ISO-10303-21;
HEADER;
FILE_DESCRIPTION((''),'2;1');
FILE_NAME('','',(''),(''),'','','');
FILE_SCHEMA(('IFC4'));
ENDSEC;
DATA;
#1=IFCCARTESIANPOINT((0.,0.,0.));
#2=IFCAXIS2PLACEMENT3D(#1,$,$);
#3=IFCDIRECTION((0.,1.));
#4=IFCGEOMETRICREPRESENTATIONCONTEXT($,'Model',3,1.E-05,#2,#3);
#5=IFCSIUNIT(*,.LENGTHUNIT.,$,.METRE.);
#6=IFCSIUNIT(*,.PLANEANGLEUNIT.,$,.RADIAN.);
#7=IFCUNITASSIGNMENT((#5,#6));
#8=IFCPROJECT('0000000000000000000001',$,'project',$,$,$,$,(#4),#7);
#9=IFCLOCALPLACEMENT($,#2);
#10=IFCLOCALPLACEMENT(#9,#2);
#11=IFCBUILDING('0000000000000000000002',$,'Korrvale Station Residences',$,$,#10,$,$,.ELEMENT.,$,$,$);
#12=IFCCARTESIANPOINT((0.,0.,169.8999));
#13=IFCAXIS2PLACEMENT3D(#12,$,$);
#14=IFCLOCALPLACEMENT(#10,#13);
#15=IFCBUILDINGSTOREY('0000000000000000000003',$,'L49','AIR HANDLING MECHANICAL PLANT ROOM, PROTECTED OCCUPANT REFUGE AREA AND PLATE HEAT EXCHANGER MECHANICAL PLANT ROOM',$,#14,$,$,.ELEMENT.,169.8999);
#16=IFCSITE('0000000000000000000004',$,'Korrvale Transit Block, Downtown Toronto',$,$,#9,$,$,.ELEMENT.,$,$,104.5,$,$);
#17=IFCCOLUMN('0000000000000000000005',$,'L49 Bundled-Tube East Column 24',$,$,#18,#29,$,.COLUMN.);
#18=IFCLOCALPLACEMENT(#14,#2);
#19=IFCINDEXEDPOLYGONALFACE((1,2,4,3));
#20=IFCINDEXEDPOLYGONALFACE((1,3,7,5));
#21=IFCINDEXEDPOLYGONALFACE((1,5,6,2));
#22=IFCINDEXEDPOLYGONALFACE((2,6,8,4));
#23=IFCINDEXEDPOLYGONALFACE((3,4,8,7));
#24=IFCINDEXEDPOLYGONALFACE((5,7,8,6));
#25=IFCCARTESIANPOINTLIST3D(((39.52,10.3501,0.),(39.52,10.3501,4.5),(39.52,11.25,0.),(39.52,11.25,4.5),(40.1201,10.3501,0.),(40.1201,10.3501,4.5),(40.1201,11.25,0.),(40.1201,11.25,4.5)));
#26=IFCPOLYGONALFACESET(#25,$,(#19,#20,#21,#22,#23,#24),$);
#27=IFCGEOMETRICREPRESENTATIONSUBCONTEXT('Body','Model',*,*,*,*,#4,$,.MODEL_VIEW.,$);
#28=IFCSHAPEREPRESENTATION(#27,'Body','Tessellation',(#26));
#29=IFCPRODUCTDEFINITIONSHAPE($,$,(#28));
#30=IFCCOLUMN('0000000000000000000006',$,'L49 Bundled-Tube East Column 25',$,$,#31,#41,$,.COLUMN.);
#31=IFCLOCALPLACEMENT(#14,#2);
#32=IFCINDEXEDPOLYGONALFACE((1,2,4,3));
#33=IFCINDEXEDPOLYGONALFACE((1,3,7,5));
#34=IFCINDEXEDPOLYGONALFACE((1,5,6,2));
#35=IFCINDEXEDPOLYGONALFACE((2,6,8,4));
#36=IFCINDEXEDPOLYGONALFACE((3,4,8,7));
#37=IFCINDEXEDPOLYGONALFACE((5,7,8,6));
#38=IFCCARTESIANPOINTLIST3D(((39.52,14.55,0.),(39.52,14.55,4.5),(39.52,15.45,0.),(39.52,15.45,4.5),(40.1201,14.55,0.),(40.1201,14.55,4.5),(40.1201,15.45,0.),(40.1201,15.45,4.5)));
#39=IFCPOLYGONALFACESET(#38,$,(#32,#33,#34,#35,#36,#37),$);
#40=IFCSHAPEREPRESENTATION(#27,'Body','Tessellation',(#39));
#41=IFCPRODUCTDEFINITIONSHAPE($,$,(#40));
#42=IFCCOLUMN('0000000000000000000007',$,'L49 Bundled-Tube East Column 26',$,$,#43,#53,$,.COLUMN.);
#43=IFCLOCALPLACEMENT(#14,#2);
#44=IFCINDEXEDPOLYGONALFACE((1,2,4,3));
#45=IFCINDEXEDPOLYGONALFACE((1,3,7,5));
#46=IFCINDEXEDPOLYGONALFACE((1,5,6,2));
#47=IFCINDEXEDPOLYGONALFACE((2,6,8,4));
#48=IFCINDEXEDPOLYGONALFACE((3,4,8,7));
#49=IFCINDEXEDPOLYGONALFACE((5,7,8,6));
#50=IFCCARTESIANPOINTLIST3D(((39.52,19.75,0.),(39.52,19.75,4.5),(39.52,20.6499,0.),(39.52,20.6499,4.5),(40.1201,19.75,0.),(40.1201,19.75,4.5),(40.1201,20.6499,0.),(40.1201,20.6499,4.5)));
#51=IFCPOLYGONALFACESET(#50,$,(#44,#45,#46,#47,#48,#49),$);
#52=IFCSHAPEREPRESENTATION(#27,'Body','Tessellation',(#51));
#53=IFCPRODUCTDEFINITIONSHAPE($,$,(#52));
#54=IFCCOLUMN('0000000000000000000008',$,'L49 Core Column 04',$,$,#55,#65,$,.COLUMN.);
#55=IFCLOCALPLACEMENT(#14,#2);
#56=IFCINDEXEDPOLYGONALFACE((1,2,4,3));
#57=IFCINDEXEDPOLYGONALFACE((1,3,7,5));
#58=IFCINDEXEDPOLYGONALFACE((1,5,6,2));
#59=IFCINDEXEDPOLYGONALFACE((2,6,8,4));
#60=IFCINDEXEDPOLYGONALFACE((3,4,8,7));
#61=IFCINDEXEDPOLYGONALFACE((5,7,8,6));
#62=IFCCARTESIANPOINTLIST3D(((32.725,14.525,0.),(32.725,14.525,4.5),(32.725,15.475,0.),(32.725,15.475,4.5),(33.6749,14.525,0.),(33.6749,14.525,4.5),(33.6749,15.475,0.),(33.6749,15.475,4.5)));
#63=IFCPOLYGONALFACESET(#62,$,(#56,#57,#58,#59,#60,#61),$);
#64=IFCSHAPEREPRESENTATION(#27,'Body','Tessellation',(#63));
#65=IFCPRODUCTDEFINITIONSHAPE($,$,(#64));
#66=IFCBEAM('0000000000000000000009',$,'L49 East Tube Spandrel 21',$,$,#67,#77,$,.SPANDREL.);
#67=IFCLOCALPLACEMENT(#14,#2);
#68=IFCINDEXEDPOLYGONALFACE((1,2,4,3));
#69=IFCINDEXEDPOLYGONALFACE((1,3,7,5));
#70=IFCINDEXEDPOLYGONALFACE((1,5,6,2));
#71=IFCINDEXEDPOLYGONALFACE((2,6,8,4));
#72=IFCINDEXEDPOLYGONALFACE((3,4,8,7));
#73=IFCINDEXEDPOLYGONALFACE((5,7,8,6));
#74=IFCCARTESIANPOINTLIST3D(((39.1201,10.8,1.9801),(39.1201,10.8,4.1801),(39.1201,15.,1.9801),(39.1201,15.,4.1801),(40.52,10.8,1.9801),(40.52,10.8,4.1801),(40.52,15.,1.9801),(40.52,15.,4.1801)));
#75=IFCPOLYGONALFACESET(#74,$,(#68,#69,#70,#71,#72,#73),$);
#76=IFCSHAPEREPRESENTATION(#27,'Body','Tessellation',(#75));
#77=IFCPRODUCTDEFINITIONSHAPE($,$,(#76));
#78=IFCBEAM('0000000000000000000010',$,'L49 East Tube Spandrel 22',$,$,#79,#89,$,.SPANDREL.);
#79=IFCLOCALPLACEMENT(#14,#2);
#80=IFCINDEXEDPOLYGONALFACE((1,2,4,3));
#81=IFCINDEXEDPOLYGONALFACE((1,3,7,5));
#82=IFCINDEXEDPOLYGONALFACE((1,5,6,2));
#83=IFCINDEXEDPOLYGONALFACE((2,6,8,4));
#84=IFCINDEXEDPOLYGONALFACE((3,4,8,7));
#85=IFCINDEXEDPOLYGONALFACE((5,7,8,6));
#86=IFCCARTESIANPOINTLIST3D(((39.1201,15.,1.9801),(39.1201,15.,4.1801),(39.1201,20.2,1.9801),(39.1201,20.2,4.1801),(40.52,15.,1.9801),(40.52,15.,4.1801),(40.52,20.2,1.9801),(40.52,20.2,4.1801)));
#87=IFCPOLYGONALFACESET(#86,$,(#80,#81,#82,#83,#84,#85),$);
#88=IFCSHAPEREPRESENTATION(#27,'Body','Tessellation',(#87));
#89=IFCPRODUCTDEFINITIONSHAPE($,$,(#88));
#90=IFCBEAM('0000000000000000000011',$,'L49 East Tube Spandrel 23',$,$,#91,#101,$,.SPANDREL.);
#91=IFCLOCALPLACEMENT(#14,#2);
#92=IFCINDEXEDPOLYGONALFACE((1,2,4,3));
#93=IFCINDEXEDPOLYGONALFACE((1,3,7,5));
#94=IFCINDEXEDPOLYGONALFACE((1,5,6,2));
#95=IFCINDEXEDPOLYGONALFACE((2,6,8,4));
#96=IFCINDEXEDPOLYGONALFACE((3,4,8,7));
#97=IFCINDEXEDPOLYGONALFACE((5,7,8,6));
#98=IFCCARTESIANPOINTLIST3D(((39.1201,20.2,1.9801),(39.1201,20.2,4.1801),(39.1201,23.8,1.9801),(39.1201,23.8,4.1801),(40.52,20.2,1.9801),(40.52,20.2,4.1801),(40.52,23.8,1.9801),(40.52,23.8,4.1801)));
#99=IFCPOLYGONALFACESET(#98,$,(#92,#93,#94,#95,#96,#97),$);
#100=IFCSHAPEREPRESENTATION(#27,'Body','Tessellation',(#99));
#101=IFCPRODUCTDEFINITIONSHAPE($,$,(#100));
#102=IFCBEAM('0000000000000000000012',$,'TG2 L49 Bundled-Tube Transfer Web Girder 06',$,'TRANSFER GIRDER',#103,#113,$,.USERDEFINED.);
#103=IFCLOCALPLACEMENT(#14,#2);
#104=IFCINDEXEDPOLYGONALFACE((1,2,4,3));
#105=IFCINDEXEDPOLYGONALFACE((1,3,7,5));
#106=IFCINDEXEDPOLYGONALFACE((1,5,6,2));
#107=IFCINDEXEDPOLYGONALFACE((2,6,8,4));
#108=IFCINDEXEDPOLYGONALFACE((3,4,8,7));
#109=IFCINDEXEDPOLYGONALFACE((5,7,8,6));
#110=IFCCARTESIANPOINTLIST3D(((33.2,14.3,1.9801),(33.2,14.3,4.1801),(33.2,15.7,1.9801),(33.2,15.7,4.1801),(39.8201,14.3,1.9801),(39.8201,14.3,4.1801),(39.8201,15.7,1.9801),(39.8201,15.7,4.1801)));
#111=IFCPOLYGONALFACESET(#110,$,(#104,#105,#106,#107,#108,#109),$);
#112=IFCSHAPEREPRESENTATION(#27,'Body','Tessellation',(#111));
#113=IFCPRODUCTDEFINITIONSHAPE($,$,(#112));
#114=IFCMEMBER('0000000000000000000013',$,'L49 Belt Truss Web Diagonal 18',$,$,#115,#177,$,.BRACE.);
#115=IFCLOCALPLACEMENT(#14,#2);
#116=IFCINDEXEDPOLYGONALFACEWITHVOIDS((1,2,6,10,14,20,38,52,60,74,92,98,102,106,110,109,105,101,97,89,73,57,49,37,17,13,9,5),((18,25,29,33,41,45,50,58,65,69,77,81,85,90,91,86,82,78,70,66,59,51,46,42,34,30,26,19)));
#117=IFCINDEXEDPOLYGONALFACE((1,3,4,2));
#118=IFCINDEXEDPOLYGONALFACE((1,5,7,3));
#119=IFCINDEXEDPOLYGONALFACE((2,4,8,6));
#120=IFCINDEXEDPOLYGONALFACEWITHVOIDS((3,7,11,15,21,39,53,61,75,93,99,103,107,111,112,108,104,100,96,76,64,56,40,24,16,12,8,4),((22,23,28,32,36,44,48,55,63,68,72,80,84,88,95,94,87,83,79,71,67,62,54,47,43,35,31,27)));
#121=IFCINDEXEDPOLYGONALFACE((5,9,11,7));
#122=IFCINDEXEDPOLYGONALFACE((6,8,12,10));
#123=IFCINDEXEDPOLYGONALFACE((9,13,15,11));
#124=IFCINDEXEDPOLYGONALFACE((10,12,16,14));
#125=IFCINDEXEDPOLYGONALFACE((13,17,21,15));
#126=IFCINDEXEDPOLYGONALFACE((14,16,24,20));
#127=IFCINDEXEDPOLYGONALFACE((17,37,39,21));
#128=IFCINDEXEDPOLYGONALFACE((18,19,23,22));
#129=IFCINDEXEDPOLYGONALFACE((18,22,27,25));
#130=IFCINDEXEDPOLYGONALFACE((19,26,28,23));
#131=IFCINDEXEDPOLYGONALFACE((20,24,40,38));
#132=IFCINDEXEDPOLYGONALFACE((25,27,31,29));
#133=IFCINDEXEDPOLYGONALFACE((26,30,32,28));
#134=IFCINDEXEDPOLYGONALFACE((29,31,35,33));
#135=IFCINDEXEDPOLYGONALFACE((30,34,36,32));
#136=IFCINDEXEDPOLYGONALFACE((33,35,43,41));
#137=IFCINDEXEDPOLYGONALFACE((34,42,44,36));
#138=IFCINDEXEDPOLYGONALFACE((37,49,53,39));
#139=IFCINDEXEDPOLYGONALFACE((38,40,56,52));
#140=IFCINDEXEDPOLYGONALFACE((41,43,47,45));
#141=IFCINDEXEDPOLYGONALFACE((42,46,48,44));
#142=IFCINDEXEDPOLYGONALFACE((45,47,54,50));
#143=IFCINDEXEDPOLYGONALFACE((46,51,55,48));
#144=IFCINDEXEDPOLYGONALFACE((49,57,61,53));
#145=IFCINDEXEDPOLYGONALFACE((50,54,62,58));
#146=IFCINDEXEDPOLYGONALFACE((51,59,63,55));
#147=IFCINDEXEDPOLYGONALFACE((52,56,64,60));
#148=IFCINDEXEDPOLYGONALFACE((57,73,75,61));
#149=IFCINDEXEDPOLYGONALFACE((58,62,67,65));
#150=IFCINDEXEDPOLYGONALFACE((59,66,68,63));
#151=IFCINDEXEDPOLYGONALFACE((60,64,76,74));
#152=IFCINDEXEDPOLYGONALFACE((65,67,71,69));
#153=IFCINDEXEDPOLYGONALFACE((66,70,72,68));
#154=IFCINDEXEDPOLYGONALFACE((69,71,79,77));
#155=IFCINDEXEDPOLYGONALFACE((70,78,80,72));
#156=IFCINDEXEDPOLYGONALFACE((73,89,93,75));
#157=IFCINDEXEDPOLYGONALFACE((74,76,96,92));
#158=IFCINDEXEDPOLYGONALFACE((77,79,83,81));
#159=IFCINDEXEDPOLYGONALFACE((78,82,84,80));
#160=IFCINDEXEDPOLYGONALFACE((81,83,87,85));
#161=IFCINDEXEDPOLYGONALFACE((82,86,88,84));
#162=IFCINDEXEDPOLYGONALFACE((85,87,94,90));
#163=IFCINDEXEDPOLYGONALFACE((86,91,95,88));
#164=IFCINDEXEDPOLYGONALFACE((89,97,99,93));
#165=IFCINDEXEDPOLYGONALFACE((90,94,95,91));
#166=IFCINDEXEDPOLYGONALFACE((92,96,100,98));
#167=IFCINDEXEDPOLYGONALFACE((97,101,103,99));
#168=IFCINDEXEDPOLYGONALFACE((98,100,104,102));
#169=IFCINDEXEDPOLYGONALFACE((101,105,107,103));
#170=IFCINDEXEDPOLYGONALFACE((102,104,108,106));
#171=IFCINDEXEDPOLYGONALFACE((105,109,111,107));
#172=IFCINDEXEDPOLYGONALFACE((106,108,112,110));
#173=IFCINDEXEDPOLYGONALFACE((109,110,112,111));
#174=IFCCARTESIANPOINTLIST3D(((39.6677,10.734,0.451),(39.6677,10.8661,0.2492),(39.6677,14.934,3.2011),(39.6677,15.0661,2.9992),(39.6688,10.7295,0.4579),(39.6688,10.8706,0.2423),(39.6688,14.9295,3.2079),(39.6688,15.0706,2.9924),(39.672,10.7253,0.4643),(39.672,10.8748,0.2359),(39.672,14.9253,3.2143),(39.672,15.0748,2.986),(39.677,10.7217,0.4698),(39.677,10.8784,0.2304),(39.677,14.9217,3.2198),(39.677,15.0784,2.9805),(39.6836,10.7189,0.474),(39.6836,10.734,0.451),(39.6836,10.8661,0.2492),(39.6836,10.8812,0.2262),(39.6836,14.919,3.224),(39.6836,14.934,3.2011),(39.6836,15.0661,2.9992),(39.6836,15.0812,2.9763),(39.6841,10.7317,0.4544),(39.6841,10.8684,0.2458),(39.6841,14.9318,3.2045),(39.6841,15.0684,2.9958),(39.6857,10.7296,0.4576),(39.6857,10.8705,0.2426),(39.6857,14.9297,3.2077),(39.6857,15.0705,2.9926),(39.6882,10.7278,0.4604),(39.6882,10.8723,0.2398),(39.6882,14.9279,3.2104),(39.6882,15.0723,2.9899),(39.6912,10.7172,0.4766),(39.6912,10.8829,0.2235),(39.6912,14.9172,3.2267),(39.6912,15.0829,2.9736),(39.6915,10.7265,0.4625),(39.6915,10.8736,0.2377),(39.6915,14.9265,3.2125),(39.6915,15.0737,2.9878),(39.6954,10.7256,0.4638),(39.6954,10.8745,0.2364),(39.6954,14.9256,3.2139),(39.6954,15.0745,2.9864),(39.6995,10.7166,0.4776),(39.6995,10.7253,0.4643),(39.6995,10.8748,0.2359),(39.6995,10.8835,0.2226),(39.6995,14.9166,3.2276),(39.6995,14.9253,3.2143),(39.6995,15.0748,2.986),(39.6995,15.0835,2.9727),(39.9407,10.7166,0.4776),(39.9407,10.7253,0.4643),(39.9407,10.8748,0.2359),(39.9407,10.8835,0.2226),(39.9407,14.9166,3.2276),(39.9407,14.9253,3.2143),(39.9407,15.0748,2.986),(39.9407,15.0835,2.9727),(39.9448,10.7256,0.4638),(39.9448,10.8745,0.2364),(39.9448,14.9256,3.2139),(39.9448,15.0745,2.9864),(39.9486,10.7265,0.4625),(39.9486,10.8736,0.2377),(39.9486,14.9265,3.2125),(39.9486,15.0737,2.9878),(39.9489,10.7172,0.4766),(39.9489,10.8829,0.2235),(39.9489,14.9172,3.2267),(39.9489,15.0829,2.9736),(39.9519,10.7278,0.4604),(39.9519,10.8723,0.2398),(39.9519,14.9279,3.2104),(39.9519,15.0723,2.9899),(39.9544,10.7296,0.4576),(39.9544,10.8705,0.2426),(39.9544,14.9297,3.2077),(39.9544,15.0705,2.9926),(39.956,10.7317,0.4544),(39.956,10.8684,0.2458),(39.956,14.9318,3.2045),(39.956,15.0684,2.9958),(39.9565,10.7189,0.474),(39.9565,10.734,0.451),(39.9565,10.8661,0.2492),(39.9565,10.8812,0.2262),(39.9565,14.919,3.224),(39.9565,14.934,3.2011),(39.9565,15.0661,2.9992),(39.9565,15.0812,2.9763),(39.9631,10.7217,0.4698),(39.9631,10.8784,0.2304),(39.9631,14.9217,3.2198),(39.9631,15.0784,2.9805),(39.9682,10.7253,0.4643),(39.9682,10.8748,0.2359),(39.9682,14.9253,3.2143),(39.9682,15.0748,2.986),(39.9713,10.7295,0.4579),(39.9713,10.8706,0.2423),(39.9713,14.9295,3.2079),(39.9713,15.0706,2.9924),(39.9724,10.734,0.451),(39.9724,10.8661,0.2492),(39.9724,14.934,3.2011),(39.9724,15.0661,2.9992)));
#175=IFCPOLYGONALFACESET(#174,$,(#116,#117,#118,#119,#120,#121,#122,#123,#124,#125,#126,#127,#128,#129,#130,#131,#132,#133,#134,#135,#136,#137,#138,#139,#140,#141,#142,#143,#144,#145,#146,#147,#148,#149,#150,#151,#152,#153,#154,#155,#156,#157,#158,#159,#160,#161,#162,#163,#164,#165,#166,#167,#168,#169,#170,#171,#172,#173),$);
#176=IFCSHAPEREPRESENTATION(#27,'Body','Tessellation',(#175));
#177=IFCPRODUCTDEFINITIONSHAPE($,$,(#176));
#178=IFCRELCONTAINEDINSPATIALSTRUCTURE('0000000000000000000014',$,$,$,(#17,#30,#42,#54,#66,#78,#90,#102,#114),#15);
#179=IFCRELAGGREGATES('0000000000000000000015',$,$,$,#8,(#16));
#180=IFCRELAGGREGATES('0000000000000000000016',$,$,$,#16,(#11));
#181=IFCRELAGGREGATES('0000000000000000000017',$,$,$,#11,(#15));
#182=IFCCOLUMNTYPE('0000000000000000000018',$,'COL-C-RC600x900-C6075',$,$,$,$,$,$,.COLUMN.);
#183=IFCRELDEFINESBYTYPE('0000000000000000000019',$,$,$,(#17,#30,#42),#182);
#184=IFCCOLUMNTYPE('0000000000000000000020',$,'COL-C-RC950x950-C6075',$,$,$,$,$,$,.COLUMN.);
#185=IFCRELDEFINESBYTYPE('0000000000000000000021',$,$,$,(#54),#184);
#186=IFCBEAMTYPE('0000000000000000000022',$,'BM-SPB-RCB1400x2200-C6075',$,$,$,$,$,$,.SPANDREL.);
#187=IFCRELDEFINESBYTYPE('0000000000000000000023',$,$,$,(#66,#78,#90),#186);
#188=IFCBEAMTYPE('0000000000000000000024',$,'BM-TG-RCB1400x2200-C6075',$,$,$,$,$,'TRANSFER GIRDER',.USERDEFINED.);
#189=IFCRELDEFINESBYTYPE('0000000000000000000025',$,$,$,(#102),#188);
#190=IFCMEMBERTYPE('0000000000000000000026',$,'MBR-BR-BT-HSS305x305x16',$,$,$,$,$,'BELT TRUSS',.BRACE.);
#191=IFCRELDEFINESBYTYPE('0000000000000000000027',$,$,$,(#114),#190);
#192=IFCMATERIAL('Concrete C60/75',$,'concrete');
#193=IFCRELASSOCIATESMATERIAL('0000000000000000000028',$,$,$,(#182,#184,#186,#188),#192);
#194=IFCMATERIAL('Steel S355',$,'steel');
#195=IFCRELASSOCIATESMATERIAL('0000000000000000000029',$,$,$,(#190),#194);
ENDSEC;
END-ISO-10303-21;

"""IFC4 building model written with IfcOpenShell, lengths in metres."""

from ifc_helpers import new_model, si_unit, direction, frame, origin, origin_2d, place, context, subcontext, project, spatial, rectangle, hollow_rectangle, extrude, material, material_profile, profile_set, type_object, element, save


model = new_model("IFC4")

# Units and contexts
model_context = context("Model", 3, precision=1e-05, world=origin(), true_north=direction((0.0, 1.0)))
body_context = subcontext(model_context, "Body", "Model", "MODEL_VIEW")
ifc_project = project(units=[si_unit("LENGTHUNIT", "METRE"), si_unit("PLANEANGLEUNIT", "RADIAN")], contexts=[model_context])

# Site, building, storey
site_placement = place(None, origin())
site = spatial("IfcSite", under=ifc_project, at=site_placement, Name="Korrvale Transit Block, Downtown Toronto", CompositionType="ELEMENT", RefElevation=104.5)
building_placement = place(site_placement, origin())
building = spatial("IfcBuilding", under=site, at=building_placement, Name="Korrvale Station Residences", CompositionType="ELEMENT")
storey_placement = place(building_placement, frame((0.0, 0.0, 169.8999)))
storey = spatial("IfcBuildingStorey", under=building, at=storey_placement, Name="L49", Description="AIR HANDLING MECHANICAL PLANT ROOM, PROTECTED OCCUPANT REFUGE AREA AND PLATE HEAT EXCHANGER MECHANICAL PLANT ROOM", CompositionType="ELEMENT", Elevation=169.8999)

# Columns
ifc_material_1 = material(Name="Concrete C60/75", Category="concrete")
ifc_material_profile_1 = material_profile(ifc_material_1, rectangle(XDim=0.6001, YDim=0.8999, at=origin_2d()), Name="RC600x900")
ifc_profile_set_1 = profile_set([ifc_material_profile_1], Name="Concrete C60/75")
column_type_1 = type_object("IfcColumnType", Name="COL-C-RC600x900-C6075", PredefinedType="COLUMN", material=ifc_profile_set_1)
for number, where, z_axis, x_axis, name in (
    (1, (39.8201, 10.8, 0.0), (0.0, 0.0, 1.0), (1.0, 0.0, 0.0), "L49 Bundled-Tube East Column 24"),
    (2, (39.8201, 15.0, 0.0), (0.0, 0.0, 1.0), (1.0, 0.0, 0.0), "L49 Bundled-Tube East Column 25"),
    (3, (39.8201, 20.2, 0.0), (0.0, 0.0, 1.0), (1.0, 0.0, 0.0), "L49 Bundled-Tube East Column 26"),
):
    element("IfcColumn", number, at=place(storey_placement, frame(where, z_axis=z_axis, x_axis=x_axis)), inside=storey, type_object=column_type_1, Name=name, PredefinedType="COLUMN", context=body_context, shape_type="SweptSolid", body=[
        extrude(rectangle(XDim=0.6001, YDim=0.8999, at=origin_2d()), origin(), (0.0, 0.0, 1.0), 4.5),
    ])
ifc_material_profile_2 = material_profile(ifc_material_1, rectangle(XDim=0.95, YDim=0.95, at=origin_2d()), Name="RC950x950")
ifc_profile_set_2 = profile_set([ifc_material_profile_2], Name="Concrete C60/75")
column_type_2 = type_object("IfcColumnType", Name="COL-C-RC950x950-C6075", PredefinedType="COLUMN", material=ifc_profile_set_2)
column_placement = place(storey_placement, frame((33.2, 15.0, 0.0), z_axis=(0.0, 0.0, 1.0), x_axis=(1.0, 0.0, 0.0)))
element("IfcColumn", 4, at=column_placement, inside=storey, type_object=column_type_2, Name="L49 Core Column 04", PredefinedType="COLUMN", context=body_context, shape_type="SweptSolid", body=[
    extrude(rectangle(XDim=0.95, YDim=0.95, at=origin_2d()), origin(), (0.0, 0.0, 1.0), 4.5),
])

# Beams
ifc_material_profile_3 = material_profile(ifc_material_1, rectangle(XDim=1.3999, YDim=2.2, at=origin_2d()), Name="RCB1400x2200")
ifc_profile_set_3 = profile_set([ifc_material_profile_3], Name="Concrete C60/75")
beam_type_1 = type_object("IfcBeamType", Name="BM-SPB-RCB1400x2200-C6075", PredefinedType="SPANDREL", material=ifc_profile_set_3)
beam_1_placement = place(storey_placement, frame((39.8201, 10.8, 3.0801), z_axis=(0.0, 1.0, 0.0), x_axis=(-1.0, 0.0, 0.0)))
element("IfcBeam", 5, at=beam_1_placement, inside=storey, type_object=beam_type_1, Name="L49 East Tube Spandrel 21", PredefinedType="SPANDREL", context=body_context, shape_type="SweptSolid", body=[
    extrude(rectangle(XDim=1.3999, YDim=2.2, at=origin_2d()), origin(), (0.0, 0.0, 1.0), 4.2),
])
beam_2_placement = place(storey_placement, frame((39.8201, 15.0, 3.0801), z_axis=(0.0, 1.0, 0.0), x_axis=(-1.0, 0.0, 0.0)))
element("IfcBeam", 6, at=beam_2_placement, inside=storey, type_object=beam_type_1, Name="L49 East Tube Spandrel 22", PredefinedType="SPANDREL", context=body_context, shape_type="SweptSolid", body=[
    extrude(rectangle(XDim=1.3999, YDim=2.2, at=origin_2d()), origin(), (0.0, 0.0, 1.0), 5.2),
])
beam_3_placement = place(storey_placement, frame((39.8201, 20.2, 3.0801), z_axis=(0.0, 1.0, 0.0), x_axis=(-1.0, 0.0, 0.0)))
element("IfcBeam", 7, at=beam_3_placement, inside=storey, type_object=beam_type_1, Name="L49 East Tube Spandrel 23", PredefinedType="SPANDREL", context=body_context, shape_type="SweptSolid", body=[
    extrude(rectangle(XDim=1.3999, YDim=2.2, at=origin_2d()), origin(), (0.0, 0.0, 1.0), 3.6001),
])
ifc_material_profile_4 = material_profile(ifc_material_1, rectangle(XDim=1.3999, YDim=2.2, at=origin_2d()), Name="RCB1400x2200")
ifc_profile_set_4 = profile_set([ifc_material_profile_4], Name="Concrete C60/75")
beam_type_2 = type_object("IfcBeamType", Name="BM-TG-RCB1400x2200-C6075", ElementType="TRANSFER GIRDER", PredefinedType="USERDEFINED", material=ifc_profile_set_4)
beam_4_placement = place(storey_placement, frame((33.2, 15.0, 3.0801), z_axis=(1.0, 0.0, 0.0), x_axis=(0.0, 1.0, 0.0)))
element("IfcBeam", 8, at=beam_4_placement, inside=storey, type_object=beam_type_2, Name="TG2 L49 Bundled-Tube Transfer Web Girder 06", ObjectType="TRANSFER GIRDER", PredefinedType="USERDEFINED", context=body_context, shape_type="SweptSolid", body=[
    extrude(rectangle(XDim=1.3999, YDim=2.2, at=origin_2d()), origin(), (0.0, 0.0, 1.0), 6.6201),
])

# Member
ifc_material_2 = material(Name="Steel S355", Category="steel")
ifc_material_profile_5 = material_profile(ifc_material_2, hollow_rectangle(XDim=0.3047, YDim=0.3047, WallThickness=0.0159, InnerFilletRadius=0.0159, OuterFilletRadius=0.0317, at=origin_2d()), Name="HSS305x305x16")
ifc_profile_set_5 = profile_set([ifc_material_profile_5], Name="Steel S355")
member_type_1 = type_object("IfcMemberType", Name="MBR-BR-BT-HSS305x305x16", ElementType="BELT TRUSS", PredefinedType="BRACE", material=ifc_profile_set_5)
member_1_placement = place(storey_placement, frame((39.8201, 10.8, 0.3501), z_axis=(0.0, 0.836616, 0.54779), x_axis=(-1.0, 0.0, 0.0)))
element("IfcMember", 9, at=member_1_placement, inside=storey, type_object=member_type_1, Name="L49 Belt Truss Web Diagonal 18", PredefinedType="BRACE", context=body_context, shape_type="SweptSolid", body=[
    extrude(hollow_rectangle(XDim=0.3047, YDim=0.3047, WallThickness=0.0159, InnerFilletRadius=0.0159, OuterFilletRadius=0.0317, at=origin_2d()), origin(), (0.0, 0.0, 1.0), 5.0203),
])

save(model, "model.ifc")
